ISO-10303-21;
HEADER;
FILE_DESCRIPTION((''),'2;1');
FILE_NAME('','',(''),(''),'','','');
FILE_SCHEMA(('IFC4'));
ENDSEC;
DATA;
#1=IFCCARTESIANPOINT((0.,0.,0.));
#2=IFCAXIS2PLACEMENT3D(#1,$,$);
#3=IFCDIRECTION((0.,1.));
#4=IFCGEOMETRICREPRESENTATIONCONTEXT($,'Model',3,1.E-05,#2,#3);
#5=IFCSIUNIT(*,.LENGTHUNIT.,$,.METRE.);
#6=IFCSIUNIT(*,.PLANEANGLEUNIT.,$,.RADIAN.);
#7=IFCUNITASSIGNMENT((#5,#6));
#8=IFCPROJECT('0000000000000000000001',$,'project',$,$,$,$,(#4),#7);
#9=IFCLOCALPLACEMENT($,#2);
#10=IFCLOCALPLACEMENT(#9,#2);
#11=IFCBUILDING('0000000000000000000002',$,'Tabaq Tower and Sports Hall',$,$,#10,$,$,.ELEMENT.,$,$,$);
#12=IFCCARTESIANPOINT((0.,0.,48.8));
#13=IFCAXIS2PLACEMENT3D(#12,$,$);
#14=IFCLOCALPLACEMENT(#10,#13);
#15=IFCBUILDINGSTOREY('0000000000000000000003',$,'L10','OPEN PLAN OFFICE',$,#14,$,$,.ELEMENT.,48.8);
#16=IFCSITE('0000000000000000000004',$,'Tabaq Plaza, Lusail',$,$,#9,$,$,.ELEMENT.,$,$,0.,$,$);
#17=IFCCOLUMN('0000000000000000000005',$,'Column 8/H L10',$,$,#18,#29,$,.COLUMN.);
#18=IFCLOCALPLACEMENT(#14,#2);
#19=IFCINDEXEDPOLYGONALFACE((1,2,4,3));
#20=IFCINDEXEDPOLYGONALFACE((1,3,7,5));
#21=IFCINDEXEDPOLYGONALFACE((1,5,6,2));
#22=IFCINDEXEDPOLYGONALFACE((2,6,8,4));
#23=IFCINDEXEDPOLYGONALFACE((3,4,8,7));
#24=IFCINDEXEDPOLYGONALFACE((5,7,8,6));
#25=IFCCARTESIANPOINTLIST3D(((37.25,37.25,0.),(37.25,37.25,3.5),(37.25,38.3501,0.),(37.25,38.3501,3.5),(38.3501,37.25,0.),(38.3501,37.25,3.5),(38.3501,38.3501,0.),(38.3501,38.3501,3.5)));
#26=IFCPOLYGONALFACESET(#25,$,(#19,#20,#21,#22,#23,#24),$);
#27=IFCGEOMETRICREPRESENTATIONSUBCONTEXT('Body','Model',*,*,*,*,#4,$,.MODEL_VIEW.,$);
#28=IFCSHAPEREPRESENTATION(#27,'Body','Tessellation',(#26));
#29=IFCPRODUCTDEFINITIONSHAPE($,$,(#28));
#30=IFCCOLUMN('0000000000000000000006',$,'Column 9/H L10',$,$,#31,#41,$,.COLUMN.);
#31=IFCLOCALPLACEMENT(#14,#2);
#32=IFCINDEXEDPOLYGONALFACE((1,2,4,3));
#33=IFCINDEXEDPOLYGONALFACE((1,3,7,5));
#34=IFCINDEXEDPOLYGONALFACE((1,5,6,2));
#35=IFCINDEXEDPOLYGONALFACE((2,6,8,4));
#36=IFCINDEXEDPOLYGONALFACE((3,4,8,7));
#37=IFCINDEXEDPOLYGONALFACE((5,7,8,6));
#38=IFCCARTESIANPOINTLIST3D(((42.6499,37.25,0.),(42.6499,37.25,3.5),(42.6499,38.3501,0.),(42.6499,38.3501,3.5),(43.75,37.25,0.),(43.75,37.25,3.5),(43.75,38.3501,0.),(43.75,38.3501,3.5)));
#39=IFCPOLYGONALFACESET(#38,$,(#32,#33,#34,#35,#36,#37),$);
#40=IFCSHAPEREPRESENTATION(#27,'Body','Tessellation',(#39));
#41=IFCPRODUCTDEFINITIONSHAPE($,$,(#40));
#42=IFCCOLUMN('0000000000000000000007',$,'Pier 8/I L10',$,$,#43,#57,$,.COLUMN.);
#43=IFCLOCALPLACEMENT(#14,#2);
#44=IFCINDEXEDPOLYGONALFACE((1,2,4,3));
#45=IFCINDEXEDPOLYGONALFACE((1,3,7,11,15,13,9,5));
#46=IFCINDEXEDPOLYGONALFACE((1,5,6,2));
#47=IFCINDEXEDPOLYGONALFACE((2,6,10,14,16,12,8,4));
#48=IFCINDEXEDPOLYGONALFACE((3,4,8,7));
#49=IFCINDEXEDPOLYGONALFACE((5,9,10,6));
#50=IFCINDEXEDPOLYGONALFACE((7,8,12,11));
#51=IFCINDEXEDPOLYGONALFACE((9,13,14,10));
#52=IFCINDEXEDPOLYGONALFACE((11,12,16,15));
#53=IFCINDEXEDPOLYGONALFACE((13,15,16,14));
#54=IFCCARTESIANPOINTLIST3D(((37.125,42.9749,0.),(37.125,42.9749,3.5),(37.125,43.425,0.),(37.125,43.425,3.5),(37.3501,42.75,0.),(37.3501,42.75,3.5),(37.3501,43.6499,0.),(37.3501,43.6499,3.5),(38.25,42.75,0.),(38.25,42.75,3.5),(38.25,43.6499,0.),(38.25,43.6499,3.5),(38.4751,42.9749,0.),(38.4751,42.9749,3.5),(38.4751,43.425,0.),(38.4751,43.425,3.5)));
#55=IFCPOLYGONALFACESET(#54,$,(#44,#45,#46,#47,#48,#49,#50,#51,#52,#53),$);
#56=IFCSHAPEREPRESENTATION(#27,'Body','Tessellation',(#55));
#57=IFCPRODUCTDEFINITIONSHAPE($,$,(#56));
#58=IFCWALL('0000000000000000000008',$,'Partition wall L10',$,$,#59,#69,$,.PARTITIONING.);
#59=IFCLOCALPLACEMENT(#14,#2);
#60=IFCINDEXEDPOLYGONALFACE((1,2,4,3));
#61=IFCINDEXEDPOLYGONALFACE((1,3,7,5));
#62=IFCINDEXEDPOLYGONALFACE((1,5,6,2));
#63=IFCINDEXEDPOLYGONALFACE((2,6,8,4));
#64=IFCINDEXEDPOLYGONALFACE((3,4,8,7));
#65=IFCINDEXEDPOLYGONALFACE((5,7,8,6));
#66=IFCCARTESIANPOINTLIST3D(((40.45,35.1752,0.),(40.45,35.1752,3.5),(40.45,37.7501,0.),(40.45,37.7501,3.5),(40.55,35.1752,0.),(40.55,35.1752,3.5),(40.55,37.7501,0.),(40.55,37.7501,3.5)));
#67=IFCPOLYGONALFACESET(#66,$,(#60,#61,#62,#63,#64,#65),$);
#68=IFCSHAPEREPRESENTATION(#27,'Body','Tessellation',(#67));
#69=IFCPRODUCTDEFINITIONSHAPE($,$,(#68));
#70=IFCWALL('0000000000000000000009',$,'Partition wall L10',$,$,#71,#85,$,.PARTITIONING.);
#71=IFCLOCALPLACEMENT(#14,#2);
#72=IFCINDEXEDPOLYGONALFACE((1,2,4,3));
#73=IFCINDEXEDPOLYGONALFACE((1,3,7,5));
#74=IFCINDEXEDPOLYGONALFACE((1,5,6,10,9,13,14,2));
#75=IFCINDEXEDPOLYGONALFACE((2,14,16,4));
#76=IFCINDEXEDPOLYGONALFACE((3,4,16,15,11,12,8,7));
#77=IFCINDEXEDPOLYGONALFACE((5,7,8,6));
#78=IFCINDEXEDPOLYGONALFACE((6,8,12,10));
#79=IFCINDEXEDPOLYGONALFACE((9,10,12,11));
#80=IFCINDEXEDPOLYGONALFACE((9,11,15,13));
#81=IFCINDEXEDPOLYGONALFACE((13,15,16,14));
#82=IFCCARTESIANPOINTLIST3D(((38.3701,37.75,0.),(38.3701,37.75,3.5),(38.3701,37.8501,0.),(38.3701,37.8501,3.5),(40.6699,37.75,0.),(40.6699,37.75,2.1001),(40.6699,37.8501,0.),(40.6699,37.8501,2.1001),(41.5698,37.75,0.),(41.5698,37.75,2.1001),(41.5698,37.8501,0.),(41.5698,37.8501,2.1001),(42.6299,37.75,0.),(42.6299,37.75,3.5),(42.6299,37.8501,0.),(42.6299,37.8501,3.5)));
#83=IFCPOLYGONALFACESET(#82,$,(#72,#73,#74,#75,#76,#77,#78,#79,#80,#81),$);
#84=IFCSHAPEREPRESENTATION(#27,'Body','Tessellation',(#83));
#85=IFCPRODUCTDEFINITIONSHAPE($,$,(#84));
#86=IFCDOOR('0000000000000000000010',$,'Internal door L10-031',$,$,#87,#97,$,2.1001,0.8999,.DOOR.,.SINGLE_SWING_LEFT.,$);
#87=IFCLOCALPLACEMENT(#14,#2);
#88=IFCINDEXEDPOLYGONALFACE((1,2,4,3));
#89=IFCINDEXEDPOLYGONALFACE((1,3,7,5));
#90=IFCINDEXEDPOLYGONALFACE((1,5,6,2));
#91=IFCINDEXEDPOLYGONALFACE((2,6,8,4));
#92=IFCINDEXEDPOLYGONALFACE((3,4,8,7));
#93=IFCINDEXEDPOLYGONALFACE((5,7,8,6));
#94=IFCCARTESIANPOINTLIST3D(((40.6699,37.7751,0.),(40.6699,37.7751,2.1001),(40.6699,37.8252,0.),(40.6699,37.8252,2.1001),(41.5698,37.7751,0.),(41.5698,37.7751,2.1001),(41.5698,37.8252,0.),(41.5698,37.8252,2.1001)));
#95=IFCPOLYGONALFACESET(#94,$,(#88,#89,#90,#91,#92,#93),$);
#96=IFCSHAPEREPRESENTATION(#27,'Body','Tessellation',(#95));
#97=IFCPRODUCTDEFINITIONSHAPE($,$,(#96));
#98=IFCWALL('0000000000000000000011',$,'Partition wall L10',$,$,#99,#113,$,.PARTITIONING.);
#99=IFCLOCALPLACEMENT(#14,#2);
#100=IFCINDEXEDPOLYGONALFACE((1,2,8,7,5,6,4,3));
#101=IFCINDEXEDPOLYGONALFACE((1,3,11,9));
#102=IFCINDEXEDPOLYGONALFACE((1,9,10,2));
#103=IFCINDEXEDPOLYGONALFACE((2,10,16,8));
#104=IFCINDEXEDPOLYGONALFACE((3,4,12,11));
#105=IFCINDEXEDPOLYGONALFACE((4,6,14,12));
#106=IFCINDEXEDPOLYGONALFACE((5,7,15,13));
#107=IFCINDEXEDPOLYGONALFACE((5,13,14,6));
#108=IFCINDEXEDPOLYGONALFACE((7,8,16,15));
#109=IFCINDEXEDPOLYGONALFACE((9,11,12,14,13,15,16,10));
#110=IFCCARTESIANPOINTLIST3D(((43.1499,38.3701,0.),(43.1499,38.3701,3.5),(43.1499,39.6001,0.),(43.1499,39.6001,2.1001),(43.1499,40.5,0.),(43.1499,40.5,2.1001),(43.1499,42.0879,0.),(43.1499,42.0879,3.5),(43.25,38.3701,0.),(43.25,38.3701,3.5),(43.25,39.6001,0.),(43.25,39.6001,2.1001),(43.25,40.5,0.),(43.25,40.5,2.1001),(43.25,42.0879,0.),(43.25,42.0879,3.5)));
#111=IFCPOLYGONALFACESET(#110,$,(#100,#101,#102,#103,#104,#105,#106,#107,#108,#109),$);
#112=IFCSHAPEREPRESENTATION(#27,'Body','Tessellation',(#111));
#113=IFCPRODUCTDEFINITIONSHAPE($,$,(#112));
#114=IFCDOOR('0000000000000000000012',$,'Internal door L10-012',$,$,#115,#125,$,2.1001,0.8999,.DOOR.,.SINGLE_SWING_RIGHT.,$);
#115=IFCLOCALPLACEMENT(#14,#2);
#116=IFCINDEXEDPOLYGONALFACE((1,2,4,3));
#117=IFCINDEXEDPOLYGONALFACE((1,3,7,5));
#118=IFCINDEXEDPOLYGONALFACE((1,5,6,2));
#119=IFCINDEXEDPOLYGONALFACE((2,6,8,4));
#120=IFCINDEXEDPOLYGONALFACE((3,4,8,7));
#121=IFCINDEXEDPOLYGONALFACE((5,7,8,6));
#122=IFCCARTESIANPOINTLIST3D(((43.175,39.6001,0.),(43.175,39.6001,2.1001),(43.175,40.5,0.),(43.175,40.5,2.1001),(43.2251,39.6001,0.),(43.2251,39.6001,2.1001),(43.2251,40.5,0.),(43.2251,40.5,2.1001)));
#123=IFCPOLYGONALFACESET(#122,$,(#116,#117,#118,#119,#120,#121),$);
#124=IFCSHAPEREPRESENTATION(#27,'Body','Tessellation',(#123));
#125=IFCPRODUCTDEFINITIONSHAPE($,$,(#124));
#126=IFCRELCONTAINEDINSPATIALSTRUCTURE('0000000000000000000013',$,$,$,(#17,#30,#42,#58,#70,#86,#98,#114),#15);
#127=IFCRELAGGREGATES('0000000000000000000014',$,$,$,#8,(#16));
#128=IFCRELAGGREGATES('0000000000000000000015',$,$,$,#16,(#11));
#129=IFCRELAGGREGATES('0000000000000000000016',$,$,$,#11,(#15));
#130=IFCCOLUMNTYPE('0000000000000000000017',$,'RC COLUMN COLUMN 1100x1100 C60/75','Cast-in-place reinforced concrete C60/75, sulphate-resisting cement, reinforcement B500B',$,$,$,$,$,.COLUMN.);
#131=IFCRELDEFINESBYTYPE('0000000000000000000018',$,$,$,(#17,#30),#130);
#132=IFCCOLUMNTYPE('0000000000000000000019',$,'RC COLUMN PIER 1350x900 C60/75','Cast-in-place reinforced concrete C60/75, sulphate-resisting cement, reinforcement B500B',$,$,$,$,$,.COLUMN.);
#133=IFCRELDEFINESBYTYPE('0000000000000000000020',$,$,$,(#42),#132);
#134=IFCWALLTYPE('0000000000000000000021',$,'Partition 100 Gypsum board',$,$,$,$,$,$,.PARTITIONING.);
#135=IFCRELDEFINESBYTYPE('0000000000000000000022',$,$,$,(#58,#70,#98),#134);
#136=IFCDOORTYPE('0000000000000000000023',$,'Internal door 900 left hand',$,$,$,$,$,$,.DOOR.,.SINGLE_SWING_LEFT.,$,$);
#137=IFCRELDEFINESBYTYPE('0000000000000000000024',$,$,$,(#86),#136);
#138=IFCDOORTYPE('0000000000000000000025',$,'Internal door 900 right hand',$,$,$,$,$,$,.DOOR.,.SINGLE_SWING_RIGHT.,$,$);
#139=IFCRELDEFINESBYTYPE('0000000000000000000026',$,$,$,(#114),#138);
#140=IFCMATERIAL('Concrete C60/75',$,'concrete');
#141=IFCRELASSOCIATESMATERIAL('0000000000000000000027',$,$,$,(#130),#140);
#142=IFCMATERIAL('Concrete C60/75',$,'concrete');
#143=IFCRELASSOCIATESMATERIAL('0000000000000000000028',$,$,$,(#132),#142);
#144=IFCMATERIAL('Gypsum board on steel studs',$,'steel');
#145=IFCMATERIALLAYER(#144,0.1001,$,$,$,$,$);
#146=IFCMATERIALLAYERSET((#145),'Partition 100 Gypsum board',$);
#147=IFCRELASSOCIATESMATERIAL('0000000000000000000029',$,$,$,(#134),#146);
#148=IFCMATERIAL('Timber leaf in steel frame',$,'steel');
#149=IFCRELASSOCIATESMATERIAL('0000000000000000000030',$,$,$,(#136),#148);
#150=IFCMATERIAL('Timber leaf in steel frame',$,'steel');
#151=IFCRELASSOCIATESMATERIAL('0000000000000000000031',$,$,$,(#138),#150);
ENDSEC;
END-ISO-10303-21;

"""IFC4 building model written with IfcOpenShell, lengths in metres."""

from ifc_helpers import new_model, si_unit, direction, frame, frame_2d, origin, origin_2d, place, context, subcontext, project, spatial, polyline, rectangle, outline, extrude, material, layer, layer_set, material_profile, profile_set, type_object, element, fill, save


model = new_model("IFC4")

# Units and contexts
model_context = context("Model", 3, precision=1e-05, world=origin(), true_north=direction((0.0, 1.0)))
body_context = subcontext(model_context, "Body", "Model", "MODEL_VIEW")
ifc_project = project(units=[si_unit("LENGTHUNIT", "METRE"), si_unit("PLANEANGLEUNIT", "RADIAN")], contexts=[model_context])

# Site, building, storey
site_placement = place(None, origin())
site = spatial("IfcSite", under=ifc_project, at=site_placement, Name="Tabaq Plaza, Lusail", CompositionType="ELEMENT", RefElevation=0.0)
building_placement = place(site_placement, origin())
building = spatial("IfcBuilding", under=site, at=building_placement, Name="Tabaq Tower and Sports Hall", CompositionType="ELEMENT")
storey_placement = place(building_placement, frame((0.0, 0.0, 48.8)))
storey = spatial("IfcBuildingStorey", under=building, at=storey_placement, Name="L10", Description="OPEN PLAN OFFICE", CompositionType="ELEMENT", Elevation=48.8)

# Columns
ifc_material_1 = material(Name="Concrete C60/75", Category="concrete")
ifc_material_profile_1 = material_profile(ifc_material_1, rectangle(XDim=1.1001, YDim=1.1001, at=origin_2d()), Name="COLUMN 1100x1100")
ifc_profile_set_1 = profile_set([ifc_material_profile_1], Name="Concrete C60/75")
column_type_1 = type_object("IfcColumnType", Name="RC COLUMN COLUMN 1100x1100 C60/75", Description="Cast-in-place reinforced concrete C60/75, sulphate-resisting cement, reinforcement B500B", PredefinedType="COLUMN", material=ifc_profile_set_1)
for number, where, z_axis, x_axis, name in (
    (1, (37.8, 37.8, 0.0), (0.0, 0.0, 1.0), (1.0, 0.0, 0.0), "Column 8/H L10"),
    (2, (43.2, 37.8, 0.0), (0.0, 0.0, 1.0), (1.0, 0.0, 0.0), "Column 9/H L10"),
):
    element("IfcColumn", number, at=place(storey_placement, frame(where, z_axis=z_axis, x_axis=x_axis)), inside=storey, type_object=column_type_1, Name=name, PredefinedType="COLUMN", context=body_context, shape_type="SweptSolid", body=[
        extrude(rectangle(XDim=1.1001, YDim=1.1001, at=origin_2d()), origin(), (0.0, 0.0, 1.0), 3.5),
    ])
ifc_material_2 = material(Name="Concrete C60/75", Category="concrete")
ifc_material_profile_2 = material_profile(ifc_material_2, outline(polyline([(-0.45, -0.45), (0.45, -0.45), (0.675, -0.2251), (0.675, 0.2251), (0.45, 0.45), (-0.45, 0.45), (-0.675, 0.2251), (-0.675, -0.2251), (-0.45, -0.45)])), Name="PIER 1350x900")
ifc_profile_set_2 = profile_set([ifc_material_profile_2], Name="Concrete C60/75")
column_type_2 = type_object("IfcColumnType", Name="RC COLUMN PIER 1350x900 C60/75", Description="Cast-in-place reinforced concrete C60/75, sulphate-resisting cement, reinforcement B500B", PredefinedType="COLUMN", material=ifc_profile_set_2)
column_placement = place(storey_placement, frame((37.8, 43.2, 0.0), z_axis=(0.0, 0.0, 1.0), x_axis=(1.0, 0.0, 0.0)))
element("IfcColumn", 3, at=column_placement, inside=storey, type_object=column_type_2, Name="Pier 8/I L10", PredefinedType="COLUMN", context=body_context, shape_type="SweptSolid", body=[
    extrude(outline(polyline([(-0.45, -0.45), (0.45, -0.45), (0.675, -0.2251), (0.675, 0.2251), (0.45, 0.45), (-0.45, 0.45), (-0.675, 0.2251), (-0.675, -0.2251), (-0.45, -0.45)])), origin(), (0.0, 0.0, 1.0), 3.5),
])

# Wall
ifc_material_3 = material(Name="Gypsum board on steel studs", Category="steel")
ifc_layer_1 = layer(ifc_material_3, 0.1001)
ifc_layer_set_1 = layer_set([ifc_layer_1], Name="Partition 100 Gypsum board")
wall_type_1 = type_object("IfcWallType", Name="Partition 100 Gypsum board", PredefinedType="PARTITIONING", material=ifc_layer_set_1)
wall_1_placement = place(storey_placement, frame((40.5, 35.175, 0.0), z_axis=(0.0, 0.0, 1.0), x_axis=(0.0, 1.0, 0.0)))
element("IfcWall", 4, at=wall_1_placement, inside=storey, type_object=wall_type_1, Name="Partition wall L10", PredefinedType="PARTITIONING", context=body_context, shape_type="SweptSolid", body=[
    extrude(rectangle(XDim=2.575, YDim=0.1001, at=frame_2d((1.2876, 0.0))), origin(), (0.0, 0.0, 1.0), 3.5),
])

# Walls, openings, doors
wall_2_placement = place(storey_placement, frame((42.6299, 37.8, 0.0), z_axis=(0.0, 0.0, 1.0), x_axis=(-1.0, 0.0, 0.0)))
wall_2 = element("IfcWall", 5, at=wall_2_placement, inside=storey, type_object=wall_type_1, Name="Partition wall L10", PredefinedType="PARTITIONING", context=body_context, shape_type="SweptSolid", body=[
    extrude(rectangle(XDim=4.2598, YDim=0.1001, at=frame_2d((2.1299, 0.0))), origin(), (0.0, 0.0, 1.0), 3.5),
])
opening_1_placement = place(wall_2_placement, frame((1.0601, 0.0, 0.0)))
opening_1 = element("IfcOpeningElement", 6, at=opening_1_placement, cuts=wall_2, PredefinedType="OPENING", context=body_context, shape_type="SweptSolid", body=[
    extrude(rectangle(XDim=0.8999, YDim=2.1001, at=frame_2d((0.45, 1.05))), frame((0.0, 0.05, 0.0), z_axis=(0.0, -1.0, 0.0), x_axis=(1.0, 0.0, 0.0)), (0.0, 0.0, 1.0), 0.1001),
])
ifc_material_4 = material(Name="Timber leaf in steel frame", Category="steel")
door_type_1 = type_object("IfcDoorType", Name="Internal door 900 left hand", OperationType="SINGLE_SWING_LEFT", PredefinedType="DOOR", material=ifc_material_4)
door_1_placement = place(opening_1_placement, origin())
door_1 = element("IfcDoor", 7, at=door_1_placement, inside=storey, type_object=door_type_1, Name="Internal door L10-031", OperationType="SINGLE_SWING_LEFT", OverallHeight=2.1001, OverallWidth=0.8999, PredefinedType="DOOR", context=body_context, shape_type="SweptSolid", body=[
    extrude(rectangle(XDim=0.8999, YDim=2.1001, at=frame_2d((0.45, 1.05))), frame((0.0, 0.0249, 0.0), z_axis=(0.0, -1.0, 0.0), x_axis=(1.0, 0.0, 0.0)), (0.0, 0.0, 1.0), 0.05),
])
fill(opening_1, door_1)
wall_3_placement = place(storey_placement, frame((43.2, 38.3701, 0.0), z_axis=(0.0, 0.0, 1.0), x_axis=(0.0, 1.0, 0.0)))
wall_3 = element("IfcWall", 8, at=wall_3_placement, inside=storey, type_object=wall_type_1, Name="Partition wall L10", PredefinedType="PARTITIONING", context=body_context, shape_type="SweptSolid", body=[
    extrude(rectangle(XDim=3.7178, YDim=0.1001, at=frame_2d((1.8589, 0.0))), origin(), (0.0, 0.0, 1.0), 3.5),
])
opening_2_placement = place(wall_3_placement, frame((1.23, 0.0, 0.0)))
opening_2 = element("IfcOpeningElement", 9, at=opening_2_placement, cuts=wall_3, PredefinedType="OPENING", context=body_context, shape_type="SweptSolid", body=[
    extrude(rectangle(XDim=0.8999, YDim=2.1001, at=frame_2d((0.45, 1.05))), frame((0.0, 0.05, 0.0), z_axis=(0.0, -1.0, 0.0), x_axis=(1.0, 0.0, 0.0)), (0.0, 0.0, 1.0), 0.1001),
])
ifc_material_5 = material(Name="Timber leaf in steel frame", Category="steel")
door_type_2 = type_object("IfcDoorType", Name="Internal door 900 right hand", OperationType="SINGLE_SWING_RIGHT", PredefinedType="DOOR", material=ifc_material_5)
door_2_placement = place(opening_2_placement, origin())
door_2 = element("IfcDoor", 10, at=door_2_placement, inside=storey, type_object=door_type_2, Name="Internal door L10-012", OperationType="SINGLE_SWING_RIGHT", OverallHeight=2.1001, OverallWidth=0.8999, PredefinedType="DOOR", context=body_context, shape_type="SweptSolid", body=[
    extrude(rectangle(XDim=0.8999, YDim=2.1001, at=frame_2d((0.45, 1.05))), frame((0.0, 0.0249, 0.0), z_axis=(0.0, -1.0, 0.0), x_axis=(1.0, 0.0, 0.0)), (0.0, 0.0, 1.0), 0.05),
])
fill(opening_2, door_2)

save(model, "model.ifc")
